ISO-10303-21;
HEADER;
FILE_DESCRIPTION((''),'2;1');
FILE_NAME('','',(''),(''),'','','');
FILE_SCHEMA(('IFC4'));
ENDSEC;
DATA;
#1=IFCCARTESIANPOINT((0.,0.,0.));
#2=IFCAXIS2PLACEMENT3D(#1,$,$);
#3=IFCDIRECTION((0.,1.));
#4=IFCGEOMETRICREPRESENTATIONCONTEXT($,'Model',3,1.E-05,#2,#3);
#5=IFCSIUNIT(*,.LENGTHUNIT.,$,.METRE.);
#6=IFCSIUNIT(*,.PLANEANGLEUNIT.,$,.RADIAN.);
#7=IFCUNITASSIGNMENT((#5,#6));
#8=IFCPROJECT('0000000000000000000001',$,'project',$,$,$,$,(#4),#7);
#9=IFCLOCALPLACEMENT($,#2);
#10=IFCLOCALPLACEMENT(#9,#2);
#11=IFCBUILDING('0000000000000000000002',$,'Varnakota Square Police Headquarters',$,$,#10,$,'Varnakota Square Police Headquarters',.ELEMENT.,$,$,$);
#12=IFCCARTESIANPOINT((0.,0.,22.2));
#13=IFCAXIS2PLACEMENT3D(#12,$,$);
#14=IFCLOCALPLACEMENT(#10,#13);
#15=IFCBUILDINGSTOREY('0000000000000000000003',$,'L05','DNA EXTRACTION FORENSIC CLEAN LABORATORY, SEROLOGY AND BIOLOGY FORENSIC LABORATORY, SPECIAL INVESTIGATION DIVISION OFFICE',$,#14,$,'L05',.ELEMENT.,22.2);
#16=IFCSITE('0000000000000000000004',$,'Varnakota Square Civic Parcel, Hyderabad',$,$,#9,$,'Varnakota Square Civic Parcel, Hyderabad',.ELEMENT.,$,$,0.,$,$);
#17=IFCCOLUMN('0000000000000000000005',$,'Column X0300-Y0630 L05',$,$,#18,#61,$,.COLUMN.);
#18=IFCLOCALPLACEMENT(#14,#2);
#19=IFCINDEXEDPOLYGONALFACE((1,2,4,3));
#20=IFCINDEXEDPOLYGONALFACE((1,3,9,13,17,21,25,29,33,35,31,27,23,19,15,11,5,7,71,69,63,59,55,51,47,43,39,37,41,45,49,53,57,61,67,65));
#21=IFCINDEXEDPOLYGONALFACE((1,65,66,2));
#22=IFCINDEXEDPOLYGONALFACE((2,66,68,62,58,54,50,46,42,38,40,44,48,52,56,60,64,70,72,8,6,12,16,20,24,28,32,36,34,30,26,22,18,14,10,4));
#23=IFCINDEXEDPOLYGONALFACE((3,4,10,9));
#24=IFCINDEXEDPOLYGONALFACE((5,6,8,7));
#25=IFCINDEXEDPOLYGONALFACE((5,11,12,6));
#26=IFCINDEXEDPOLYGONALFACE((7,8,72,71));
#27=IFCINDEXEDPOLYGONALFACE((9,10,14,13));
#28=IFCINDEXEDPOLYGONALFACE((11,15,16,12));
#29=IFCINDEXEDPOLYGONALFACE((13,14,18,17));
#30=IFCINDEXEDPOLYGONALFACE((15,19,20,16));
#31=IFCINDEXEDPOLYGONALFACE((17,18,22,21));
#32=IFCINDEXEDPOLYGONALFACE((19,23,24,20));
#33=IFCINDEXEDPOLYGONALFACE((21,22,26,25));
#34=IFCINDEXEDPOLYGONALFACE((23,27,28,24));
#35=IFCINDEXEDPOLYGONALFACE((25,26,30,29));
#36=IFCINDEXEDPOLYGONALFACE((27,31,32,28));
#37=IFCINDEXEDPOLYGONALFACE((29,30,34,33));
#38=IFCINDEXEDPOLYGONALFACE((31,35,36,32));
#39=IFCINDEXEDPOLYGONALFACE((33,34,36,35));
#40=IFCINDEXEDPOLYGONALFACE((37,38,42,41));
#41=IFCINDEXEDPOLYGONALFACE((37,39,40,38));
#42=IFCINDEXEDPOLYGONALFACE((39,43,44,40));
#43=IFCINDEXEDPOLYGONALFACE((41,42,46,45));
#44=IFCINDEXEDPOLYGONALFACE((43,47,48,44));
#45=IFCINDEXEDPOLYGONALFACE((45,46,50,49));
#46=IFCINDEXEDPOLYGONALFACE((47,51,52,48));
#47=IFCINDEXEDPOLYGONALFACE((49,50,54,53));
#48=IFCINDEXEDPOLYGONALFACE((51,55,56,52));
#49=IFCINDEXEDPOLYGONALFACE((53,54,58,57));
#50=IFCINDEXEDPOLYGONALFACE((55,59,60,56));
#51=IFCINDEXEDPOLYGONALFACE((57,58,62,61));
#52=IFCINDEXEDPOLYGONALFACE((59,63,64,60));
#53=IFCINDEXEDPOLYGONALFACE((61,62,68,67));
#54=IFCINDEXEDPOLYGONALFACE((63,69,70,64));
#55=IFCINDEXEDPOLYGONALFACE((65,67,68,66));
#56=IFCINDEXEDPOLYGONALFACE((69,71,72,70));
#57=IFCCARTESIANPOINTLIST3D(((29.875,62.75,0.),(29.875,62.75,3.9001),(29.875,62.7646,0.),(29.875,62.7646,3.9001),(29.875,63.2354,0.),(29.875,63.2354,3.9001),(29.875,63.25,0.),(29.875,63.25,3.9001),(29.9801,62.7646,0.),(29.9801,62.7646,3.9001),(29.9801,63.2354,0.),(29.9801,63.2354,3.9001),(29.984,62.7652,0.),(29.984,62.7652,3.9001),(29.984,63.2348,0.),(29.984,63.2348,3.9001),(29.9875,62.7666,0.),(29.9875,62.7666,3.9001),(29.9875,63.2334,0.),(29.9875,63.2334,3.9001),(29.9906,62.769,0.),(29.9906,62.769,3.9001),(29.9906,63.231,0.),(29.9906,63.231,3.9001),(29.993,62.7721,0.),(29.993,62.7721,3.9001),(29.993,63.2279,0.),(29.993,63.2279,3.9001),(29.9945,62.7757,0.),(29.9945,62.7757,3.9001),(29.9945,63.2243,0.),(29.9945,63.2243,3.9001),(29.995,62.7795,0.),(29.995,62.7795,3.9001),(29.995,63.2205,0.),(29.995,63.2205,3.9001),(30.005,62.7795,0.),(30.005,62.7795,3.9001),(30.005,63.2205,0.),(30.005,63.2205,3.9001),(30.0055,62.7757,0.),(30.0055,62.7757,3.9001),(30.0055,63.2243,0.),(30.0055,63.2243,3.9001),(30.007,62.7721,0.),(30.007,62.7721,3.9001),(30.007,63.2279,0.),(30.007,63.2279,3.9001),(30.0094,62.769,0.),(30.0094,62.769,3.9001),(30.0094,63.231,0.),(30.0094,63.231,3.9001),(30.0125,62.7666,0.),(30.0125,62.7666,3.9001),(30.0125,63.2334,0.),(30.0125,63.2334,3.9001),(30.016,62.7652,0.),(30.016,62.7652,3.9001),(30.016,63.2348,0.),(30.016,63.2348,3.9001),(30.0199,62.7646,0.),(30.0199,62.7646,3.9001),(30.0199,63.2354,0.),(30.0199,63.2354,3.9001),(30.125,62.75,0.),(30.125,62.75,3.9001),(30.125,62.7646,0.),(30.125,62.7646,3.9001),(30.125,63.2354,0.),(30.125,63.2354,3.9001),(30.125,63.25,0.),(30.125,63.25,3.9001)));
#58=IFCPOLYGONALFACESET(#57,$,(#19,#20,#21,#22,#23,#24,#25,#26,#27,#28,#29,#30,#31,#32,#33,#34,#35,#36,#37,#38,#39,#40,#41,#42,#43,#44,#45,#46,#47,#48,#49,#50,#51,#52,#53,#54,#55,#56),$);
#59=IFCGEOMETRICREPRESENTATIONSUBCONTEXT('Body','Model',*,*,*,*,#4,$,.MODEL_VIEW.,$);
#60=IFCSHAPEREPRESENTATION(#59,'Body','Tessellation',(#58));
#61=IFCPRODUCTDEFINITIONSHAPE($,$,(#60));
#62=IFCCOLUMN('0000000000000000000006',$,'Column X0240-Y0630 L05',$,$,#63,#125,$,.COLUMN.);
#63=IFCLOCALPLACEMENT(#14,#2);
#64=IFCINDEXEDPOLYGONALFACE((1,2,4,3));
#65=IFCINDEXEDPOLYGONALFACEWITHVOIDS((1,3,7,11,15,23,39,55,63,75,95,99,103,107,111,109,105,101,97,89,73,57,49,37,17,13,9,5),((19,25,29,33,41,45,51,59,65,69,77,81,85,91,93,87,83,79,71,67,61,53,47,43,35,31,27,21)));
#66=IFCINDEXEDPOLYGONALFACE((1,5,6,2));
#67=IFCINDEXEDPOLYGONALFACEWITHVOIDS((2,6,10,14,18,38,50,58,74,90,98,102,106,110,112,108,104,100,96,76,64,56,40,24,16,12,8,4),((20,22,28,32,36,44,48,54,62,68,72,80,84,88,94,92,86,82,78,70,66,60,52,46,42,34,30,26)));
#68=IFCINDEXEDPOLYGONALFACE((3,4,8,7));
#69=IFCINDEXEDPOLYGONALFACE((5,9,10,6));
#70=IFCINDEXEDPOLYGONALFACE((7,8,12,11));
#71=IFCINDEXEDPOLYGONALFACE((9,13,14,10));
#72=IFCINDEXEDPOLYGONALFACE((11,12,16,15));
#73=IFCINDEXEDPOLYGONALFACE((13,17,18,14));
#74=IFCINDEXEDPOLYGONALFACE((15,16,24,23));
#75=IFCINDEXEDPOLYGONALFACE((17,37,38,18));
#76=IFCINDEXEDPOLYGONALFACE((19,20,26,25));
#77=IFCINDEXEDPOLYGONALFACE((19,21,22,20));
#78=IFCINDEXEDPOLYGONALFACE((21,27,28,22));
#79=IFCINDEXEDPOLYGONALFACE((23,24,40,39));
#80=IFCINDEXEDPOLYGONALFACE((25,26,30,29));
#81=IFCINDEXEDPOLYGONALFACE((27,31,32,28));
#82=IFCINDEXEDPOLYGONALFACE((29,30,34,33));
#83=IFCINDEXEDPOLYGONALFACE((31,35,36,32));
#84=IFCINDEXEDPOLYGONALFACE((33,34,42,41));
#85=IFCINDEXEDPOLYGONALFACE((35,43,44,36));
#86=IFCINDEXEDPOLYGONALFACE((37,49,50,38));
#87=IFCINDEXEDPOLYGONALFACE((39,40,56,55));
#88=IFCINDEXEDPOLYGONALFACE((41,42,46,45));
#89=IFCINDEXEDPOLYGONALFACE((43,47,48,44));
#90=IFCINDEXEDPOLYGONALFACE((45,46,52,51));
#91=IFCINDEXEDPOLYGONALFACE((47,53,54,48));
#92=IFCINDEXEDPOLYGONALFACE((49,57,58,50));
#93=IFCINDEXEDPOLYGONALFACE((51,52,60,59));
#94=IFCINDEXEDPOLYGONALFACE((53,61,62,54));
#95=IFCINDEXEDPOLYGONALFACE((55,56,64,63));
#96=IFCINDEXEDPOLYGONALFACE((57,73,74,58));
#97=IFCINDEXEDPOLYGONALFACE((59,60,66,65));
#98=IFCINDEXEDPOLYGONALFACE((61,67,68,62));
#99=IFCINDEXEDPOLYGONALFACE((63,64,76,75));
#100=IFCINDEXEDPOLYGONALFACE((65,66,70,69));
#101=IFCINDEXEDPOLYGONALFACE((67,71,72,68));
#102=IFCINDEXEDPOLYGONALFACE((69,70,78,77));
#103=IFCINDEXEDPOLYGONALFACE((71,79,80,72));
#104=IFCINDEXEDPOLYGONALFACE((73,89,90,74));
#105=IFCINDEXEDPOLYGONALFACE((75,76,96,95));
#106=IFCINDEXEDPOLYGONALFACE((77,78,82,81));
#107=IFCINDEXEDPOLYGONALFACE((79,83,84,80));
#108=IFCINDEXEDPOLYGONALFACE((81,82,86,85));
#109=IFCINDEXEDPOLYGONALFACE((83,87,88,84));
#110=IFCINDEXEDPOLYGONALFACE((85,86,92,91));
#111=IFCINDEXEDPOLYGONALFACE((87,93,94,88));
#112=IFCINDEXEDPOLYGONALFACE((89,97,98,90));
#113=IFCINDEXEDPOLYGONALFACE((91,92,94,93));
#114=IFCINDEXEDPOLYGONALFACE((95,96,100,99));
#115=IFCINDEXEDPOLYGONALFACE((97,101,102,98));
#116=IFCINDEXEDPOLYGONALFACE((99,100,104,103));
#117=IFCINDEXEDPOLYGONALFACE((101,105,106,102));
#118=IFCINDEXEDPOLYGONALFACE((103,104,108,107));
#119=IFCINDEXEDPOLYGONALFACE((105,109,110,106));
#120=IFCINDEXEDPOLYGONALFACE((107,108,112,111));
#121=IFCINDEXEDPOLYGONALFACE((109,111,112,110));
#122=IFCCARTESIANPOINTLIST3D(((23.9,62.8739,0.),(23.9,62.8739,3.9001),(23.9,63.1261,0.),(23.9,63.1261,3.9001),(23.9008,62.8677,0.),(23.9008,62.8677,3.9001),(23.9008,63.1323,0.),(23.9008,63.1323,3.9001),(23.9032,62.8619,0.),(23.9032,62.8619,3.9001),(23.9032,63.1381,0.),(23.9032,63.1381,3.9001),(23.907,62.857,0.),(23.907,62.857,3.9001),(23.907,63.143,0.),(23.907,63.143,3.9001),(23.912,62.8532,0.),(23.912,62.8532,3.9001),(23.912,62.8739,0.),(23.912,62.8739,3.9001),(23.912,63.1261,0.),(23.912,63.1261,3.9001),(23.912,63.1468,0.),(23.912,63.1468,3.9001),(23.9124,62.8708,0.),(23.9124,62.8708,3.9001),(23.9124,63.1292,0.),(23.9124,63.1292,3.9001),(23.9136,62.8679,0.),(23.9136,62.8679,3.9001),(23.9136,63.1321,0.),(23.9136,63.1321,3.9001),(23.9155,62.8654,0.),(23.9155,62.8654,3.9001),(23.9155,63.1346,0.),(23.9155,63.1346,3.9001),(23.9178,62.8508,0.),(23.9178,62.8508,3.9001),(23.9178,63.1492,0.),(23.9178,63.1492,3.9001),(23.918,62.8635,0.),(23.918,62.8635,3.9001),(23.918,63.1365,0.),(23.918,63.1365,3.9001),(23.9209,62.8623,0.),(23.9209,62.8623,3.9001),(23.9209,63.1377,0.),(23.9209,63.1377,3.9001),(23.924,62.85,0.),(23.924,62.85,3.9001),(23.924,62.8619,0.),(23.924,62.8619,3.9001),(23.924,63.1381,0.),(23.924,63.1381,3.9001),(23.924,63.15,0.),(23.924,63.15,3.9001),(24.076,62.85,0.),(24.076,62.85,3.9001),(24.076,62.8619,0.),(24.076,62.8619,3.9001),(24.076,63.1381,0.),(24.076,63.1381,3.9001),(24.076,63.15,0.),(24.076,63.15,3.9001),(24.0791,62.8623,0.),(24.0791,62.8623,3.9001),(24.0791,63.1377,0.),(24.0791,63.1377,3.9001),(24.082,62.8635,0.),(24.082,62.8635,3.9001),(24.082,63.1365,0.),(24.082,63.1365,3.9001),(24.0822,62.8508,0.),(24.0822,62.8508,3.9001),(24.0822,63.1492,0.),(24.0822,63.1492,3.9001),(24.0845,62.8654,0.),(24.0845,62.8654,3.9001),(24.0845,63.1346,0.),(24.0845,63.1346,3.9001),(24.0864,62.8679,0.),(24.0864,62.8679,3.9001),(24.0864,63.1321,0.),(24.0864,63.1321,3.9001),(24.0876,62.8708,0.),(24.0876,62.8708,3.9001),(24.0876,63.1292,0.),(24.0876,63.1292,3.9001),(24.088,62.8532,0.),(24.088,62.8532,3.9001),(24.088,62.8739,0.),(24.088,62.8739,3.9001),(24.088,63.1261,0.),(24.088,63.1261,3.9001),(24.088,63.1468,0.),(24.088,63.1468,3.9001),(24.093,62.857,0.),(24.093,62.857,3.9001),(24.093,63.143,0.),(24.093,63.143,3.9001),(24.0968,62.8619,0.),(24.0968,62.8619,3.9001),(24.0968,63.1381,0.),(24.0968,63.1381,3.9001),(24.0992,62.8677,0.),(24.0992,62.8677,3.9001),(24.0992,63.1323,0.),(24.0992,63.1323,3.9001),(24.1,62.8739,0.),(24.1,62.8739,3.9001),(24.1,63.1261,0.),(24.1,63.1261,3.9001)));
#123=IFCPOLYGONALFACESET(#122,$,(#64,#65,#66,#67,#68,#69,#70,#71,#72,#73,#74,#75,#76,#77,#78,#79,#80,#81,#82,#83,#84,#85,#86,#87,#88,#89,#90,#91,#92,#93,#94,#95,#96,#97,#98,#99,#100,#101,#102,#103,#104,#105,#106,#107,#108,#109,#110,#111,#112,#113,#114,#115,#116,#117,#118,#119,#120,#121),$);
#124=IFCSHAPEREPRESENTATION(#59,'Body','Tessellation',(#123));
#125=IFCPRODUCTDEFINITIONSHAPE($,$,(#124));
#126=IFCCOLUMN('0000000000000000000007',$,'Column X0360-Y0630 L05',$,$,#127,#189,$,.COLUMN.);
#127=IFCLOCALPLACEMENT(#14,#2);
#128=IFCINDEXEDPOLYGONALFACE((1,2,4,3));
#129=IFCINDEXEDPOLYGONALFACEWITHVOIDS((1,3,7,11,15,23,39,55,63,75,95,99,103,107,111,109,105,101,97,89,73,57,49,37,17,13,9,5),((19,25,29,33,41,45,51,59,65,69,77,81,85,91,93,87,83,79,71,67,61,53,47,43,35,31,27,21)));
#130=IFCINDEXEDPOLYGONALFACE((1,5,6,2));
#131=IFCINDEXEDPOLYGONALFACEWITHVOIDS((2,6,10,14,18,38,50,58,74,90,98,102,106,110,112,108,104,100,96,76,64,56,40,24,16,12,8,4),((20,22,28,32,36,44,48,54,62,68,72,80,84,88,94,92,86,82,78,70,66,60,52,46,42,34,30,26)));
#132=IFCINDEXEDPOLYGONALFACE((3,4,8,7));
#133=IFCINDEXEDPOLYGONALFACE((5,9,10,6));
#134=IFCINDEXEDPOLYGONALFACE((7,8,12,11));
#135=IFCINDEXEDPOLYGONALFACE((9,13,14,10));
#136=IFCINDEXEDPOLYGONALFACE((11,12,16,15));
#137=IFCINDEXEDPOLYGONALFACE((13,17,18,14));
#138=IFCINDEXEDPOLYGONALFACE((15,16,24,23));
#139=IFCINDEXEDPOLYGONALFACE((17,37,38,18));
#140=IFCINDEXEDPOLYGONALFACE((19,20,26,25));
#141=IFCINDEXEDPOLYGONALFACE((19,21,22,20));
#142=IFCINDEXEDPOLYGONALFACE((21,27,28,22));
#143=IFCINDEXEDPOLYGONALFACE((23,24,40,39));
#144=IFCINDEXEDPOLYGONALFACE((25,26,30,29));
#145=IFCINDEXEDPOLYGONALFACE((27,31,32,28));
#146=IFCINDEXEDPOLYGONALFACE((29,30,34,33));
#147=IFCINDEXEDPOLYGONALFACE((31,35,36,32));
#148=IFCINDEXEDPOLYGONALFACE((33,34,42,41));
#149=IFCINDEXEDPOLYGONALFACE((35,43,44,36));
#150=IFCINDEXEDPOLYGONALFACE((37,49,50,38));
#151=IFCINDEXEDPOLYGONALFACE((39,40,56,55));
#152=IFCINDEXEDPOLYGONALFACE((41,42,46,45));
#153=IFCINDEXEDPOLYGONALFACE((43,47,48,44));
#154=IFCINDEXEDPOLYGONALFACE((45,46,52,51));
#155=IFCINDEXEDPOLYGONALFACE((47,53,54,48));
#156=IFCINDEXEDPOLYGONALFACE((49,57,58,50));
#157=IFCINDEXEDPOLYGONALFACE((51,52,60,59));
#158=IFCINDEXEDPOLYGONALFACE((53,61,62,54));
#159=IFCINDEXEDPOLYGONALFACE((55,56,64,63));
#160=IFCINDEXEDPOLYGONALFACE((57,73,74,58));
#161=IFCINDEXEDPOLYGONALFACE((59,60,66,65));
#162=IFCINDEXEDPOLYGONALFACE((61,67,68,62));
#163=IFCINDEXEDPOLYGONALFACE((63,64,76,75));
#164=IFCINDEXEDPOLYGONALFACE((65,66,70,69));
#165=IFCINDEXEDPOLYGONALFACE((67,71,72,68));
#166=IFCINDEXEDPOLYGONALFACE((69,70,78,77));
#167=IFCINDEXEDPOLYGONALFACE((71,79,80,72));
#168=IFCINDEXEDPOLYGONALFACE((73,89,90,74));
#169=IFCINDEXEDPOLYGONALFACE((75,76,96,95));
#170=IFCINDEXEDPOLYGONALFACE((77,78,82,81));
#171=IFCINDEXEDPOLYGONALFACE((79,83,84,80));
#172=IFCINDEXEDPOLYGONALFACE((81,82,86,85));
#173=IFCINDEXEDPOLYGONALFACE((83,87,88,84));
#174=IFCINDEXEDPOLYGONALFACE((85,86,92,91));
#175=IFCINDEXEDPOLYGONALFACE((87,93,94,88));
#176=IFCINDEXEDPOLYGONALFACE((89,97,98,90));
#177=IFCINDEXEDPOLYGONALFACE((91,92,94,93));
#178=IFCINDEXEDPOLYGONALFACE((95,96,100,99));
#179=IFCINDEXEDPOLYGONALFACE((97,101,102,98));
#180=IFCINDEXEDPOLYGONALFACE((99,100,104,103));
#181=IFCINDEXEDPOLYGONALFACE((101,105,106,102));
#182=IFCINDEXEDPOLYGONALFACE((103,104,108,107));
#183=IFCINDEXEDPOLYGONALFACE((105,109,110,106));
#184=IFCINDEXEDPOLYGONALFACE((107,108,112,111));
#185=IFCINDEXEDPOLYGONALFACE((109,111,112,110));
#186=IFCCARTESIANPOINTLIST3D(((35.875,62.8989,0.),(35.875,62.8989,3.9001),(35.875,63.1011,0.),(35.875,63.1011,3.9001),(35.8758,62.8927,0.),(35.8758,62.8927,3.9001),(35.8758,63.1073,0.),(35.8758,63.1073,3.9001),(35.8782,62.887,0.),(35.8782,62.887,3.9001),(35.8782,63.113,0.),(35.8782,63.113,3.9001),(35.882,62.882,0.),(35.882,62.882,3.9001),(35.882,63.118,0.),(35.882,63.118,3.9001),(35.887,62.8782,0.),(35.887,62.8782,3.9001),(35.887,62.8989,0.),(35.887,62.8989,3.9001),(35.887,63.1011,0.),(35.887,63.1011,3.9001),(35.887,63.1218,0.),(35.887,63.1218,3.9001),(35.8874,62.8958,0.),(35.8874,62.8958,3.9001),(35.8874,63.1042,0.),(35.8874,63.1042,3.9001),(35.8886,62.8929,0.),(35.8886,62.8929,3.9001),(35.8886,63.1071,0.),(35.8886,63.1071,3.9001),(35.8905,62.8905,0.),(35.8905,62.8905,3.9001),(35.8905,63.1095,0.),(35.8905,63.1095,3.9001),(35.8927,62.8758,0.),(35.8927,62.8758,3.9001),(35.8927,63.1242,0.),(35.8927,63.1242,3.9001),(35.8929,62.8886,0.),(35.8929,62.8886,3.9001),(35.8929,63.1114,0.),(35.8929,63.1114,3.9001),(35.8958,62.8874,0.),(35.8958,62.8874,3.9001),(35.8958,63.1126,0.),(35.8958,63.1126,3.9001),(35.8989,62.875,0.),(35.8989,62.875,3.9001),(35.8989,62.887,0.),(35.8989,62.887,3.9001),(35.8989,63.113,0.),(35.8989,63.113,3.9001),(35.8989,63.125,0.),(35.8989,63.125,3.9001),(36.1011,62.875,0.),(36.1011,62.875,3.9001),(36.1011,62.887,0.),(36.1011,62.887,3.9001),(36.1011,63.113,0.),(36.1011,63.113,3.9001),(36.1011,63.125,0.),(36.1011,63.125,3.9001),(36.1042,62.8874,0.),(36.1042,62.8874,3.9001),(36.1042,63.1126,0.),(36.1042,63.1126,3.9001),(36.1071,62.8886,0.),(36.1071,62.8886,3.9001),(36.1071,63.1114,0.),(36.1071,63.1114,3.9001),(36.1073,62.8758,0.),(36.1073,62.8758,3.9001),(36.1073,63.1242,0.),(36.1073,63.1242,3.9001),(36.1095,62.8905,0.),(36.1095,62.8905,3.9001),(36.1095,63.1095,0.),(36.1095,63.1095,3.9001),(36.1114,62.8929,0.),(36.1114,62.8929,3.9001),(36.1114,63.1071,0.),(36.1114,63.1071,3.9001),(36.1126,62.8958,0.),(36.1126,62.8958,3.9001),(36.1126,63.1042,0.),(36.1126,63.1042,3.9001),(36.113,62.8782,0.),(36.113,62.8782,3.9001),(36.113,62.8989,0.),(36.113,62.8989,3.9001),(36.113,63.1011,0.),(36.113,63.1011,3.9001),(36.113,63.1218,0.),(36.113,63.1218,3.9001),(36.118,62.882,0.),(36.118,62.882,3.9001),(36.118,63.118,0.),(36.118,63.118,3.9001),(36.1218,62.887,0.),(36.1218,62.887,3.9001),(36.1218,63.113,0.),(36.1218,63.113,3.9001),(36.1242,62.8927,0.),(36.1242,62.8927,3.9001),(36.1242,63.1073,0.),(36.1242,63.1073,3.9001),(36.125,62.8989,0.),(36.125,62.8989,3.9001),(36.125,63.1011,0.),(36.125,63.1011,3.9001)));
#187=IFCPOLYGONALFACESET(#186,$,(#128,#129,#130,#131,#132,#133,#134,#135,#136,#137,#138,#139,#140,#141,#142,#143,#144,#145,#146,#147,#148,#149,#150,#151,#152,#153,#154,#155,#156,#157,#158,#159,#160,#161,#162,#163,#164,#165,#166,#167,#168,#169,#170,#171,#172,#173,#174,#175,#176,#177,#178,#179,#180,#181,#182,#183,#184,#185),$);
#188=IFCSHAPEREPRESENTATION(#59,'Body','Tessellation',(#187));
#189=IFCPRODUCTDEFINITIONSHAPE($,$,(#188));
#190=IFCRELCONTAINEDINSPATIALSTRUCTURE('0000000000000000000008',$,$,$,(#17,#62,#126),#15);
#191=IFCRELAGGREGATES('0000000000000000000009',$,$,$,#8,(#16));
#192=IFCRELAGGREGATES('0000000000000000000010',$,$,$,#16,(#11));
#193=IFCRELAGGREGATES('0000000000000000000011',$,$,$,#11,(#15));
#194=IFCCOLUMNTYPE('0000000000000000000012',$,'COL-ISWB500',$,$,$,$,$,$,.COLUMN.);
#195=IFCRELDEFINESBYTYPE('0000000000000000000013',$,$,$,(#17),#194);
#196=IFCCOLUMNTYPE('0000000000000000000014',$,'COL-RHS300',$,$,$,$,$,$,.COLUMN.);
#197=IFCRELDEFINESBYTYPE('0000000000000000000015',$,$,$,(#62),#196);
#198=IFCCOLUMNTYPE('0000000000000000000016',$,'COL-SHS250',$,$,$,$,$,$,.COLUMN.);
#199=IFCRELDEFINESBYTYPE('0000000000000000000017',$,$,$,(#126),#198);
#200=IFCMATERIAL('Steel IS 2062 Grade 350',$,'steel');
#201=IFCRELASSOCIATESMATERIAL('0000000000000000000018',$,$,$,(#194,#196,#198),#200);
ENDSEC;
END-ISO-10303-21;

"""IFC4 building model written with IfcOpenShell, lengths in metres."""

from ifc_helpers import new_model, si_unit, direction, frame, origin, origin_2d, place, context, subcontext, project, spatial, hollow_rectangle, i_section, extrude, material, material_profile, profile_set, type_object, element, save


model = new_model("IFC4")

# Units and contexts
model_context = context("Model", 3, precision=1e-05, world=origin(), true_north=direction((0.0, 1.0)))
body_context = subcontext(model_context, "Body", "Model", "MODEL_VIEW")
ifc_project = project(units=[si_unit("LENGTHUNIT", "METRE"), si_unit("PLANEANGLEUNIT", "RADIAN")], contexts=[model_context])

# Site, building, storey
site_placement = place(None, origin())
site = spatial("IfcSite", under=ifc_project, at=site_placement, Name="Varnakota Square Civic Parcel, Hyderabad", LongName="Varnakota Square Civic Parcel, Hyderabad", CompositionType="ELEMENT", RefElevation=0.0)
building_placement = place(site_placement, origin())
building = spatial("IfcBuilding", under=site, at=building_placement, Name="Varnakota Square Police Headquarters", LongName="Varnakota Square Police Headquarters", CompositionType="ELEMENT")
storey_placement = place(building_placement, frame((0.0, 0.0, 22.2)))
storey = spatial("IfcBuildingStorey", under=building, at=storey_placement, Name="L05", Description="DNA EXTRACTION FORENSIC CLEAN LABORATORY, SEROLOGY AND BIOLOGY FORENSIC LABORATORY, SPECIAL INVESTIGATION DIVISION OFFICE", LongName="L05", CompositionType="ELEMENT", Elevation=22.2)

# Columns
ifc_material_1 = material(Name="Steel IS 2062 Grade 350", Category="steel")
ifc_material_profile_1 = material_profile(ifc_material_1, i_section(OverallWidth=0.25, OverallDepth=0.5, WebThickness=0.01, FlangeThickness=0.0146, FilletRadius=0.0149, at=origin_2d()), Name="ISWB 500")
ifc_profile_set_1 = profile_set([ifc_material_profile_1], Name="Steel IS 2062 Grade 350")
column_type_1 = type_object("IfcColumnType", Name="COL-ISWB500", PredefinedType="COLUMN", material=ifc_profile_set_1)
column_1_placement = place(storey_placement, frame((30.0, 63.0, 0.0), z_axis=(0.0, 0.0, 1.0), x_axis=(1.0, 0.0, 0.0)))
element("IfcColumn", 1, at=column_1_placement, inside=storey, type_object=column_type_1, Name="Column X0300-Y0630 L05", PredefinedType="COLUMN", context=body_context, shape_type="SweptSolid", body=[
    extrude(i_section(OverallWidth=0.25, OverallDepth=0.5, WebThickness=0.01, FlangeThickness=0.0146, FilletRadius=0.0149, at=origin_2d()), origin(), (0.0, 0.0, 1.0), 3.9001),
])
ifc_material_profile_2 = material_profile(ifc_material_1, hollow_rectangle(XDim=0.2, YDim=0.3, WallThickness=0.012, InnerFilletRadius=0.012, OuterFilletRadius=0.0239, at=origin_2d()), Name="RHS 300x200x12")
ifc_profile_set_2 = profile_set([ifc_material_profile_2], Name="Steel IS 2062 Grade 350")
column_type_2 = type_object("IfcColumnType", Name="COL-RHS300", PredefinedType="COLUMN", material=ifc_profile_set_2)
column_2_placement = place(storey_placement, frame((24.0, 63.0, 0.0), z_axis=(0.0, 0.0, 1.0), x_axis=(1.0, 0.0, 0.0)))
element("IfcColumn", 2, at=column_2_placement, inside=storey, type_object=column_type_2, Name="Column X0240-Y0630 L05", PredefinedType="COLUMN", context=body_context, shape_type="SweptSolid", body=[
    extrude(hollow_rectangle(XDim=0.2, YDim=0.3, WallThickness=0.012, InnerFilletRadius=0.012, OuterFilletRadius=0.0239, at=origin_2d()), origin(), (0.0, 0.0, 1.0), 3.9001),
])
ifc_material_profile_3 = material_profile(ifc_material_1, hollow_rectangle(XDim=0.25, YDim=0.25, WallThickness=0.012, InnerFilletRadius=0.012, OuterFilletRadius=0.0239, at=origin_2d()), Name="SHS 250x250x12")
ifc_profile_set_3 = profile_set([ifc_material_profile_3], Name="Steel IS 2062 Grade 350")
column_type_3 = type_object("IfcColumnType", Name="COL-SHS250", PredefinedType="COLUMN", material=ifc_profile_set_3)
column_3_placement = place(storey_placement, frame((36.0, 63.0, 0.0), z_axis=(0.0, 0.0, 1.0), x_axis=(1.0, 0.0, 0.0)))
element("IfcColumn", 3, at=column_3_placement, inside=storey, type_object=column_type_3, Name="Column X0360-Y0630 L05", PredefinedType="COLUMN", context=body_context, shape_type="SweptSolid", body=[
    extrude(hollow_rectangle(XDim=0.25, YDim=0.25, WallThickness=0.012, InnerFilletRadius=0.012, OuterFilletRadius=0.0239, at=origin_2d()), origin(), (0.0, 0.0, 1.0), 3.9001),
])

save(model, "model.ifc")
